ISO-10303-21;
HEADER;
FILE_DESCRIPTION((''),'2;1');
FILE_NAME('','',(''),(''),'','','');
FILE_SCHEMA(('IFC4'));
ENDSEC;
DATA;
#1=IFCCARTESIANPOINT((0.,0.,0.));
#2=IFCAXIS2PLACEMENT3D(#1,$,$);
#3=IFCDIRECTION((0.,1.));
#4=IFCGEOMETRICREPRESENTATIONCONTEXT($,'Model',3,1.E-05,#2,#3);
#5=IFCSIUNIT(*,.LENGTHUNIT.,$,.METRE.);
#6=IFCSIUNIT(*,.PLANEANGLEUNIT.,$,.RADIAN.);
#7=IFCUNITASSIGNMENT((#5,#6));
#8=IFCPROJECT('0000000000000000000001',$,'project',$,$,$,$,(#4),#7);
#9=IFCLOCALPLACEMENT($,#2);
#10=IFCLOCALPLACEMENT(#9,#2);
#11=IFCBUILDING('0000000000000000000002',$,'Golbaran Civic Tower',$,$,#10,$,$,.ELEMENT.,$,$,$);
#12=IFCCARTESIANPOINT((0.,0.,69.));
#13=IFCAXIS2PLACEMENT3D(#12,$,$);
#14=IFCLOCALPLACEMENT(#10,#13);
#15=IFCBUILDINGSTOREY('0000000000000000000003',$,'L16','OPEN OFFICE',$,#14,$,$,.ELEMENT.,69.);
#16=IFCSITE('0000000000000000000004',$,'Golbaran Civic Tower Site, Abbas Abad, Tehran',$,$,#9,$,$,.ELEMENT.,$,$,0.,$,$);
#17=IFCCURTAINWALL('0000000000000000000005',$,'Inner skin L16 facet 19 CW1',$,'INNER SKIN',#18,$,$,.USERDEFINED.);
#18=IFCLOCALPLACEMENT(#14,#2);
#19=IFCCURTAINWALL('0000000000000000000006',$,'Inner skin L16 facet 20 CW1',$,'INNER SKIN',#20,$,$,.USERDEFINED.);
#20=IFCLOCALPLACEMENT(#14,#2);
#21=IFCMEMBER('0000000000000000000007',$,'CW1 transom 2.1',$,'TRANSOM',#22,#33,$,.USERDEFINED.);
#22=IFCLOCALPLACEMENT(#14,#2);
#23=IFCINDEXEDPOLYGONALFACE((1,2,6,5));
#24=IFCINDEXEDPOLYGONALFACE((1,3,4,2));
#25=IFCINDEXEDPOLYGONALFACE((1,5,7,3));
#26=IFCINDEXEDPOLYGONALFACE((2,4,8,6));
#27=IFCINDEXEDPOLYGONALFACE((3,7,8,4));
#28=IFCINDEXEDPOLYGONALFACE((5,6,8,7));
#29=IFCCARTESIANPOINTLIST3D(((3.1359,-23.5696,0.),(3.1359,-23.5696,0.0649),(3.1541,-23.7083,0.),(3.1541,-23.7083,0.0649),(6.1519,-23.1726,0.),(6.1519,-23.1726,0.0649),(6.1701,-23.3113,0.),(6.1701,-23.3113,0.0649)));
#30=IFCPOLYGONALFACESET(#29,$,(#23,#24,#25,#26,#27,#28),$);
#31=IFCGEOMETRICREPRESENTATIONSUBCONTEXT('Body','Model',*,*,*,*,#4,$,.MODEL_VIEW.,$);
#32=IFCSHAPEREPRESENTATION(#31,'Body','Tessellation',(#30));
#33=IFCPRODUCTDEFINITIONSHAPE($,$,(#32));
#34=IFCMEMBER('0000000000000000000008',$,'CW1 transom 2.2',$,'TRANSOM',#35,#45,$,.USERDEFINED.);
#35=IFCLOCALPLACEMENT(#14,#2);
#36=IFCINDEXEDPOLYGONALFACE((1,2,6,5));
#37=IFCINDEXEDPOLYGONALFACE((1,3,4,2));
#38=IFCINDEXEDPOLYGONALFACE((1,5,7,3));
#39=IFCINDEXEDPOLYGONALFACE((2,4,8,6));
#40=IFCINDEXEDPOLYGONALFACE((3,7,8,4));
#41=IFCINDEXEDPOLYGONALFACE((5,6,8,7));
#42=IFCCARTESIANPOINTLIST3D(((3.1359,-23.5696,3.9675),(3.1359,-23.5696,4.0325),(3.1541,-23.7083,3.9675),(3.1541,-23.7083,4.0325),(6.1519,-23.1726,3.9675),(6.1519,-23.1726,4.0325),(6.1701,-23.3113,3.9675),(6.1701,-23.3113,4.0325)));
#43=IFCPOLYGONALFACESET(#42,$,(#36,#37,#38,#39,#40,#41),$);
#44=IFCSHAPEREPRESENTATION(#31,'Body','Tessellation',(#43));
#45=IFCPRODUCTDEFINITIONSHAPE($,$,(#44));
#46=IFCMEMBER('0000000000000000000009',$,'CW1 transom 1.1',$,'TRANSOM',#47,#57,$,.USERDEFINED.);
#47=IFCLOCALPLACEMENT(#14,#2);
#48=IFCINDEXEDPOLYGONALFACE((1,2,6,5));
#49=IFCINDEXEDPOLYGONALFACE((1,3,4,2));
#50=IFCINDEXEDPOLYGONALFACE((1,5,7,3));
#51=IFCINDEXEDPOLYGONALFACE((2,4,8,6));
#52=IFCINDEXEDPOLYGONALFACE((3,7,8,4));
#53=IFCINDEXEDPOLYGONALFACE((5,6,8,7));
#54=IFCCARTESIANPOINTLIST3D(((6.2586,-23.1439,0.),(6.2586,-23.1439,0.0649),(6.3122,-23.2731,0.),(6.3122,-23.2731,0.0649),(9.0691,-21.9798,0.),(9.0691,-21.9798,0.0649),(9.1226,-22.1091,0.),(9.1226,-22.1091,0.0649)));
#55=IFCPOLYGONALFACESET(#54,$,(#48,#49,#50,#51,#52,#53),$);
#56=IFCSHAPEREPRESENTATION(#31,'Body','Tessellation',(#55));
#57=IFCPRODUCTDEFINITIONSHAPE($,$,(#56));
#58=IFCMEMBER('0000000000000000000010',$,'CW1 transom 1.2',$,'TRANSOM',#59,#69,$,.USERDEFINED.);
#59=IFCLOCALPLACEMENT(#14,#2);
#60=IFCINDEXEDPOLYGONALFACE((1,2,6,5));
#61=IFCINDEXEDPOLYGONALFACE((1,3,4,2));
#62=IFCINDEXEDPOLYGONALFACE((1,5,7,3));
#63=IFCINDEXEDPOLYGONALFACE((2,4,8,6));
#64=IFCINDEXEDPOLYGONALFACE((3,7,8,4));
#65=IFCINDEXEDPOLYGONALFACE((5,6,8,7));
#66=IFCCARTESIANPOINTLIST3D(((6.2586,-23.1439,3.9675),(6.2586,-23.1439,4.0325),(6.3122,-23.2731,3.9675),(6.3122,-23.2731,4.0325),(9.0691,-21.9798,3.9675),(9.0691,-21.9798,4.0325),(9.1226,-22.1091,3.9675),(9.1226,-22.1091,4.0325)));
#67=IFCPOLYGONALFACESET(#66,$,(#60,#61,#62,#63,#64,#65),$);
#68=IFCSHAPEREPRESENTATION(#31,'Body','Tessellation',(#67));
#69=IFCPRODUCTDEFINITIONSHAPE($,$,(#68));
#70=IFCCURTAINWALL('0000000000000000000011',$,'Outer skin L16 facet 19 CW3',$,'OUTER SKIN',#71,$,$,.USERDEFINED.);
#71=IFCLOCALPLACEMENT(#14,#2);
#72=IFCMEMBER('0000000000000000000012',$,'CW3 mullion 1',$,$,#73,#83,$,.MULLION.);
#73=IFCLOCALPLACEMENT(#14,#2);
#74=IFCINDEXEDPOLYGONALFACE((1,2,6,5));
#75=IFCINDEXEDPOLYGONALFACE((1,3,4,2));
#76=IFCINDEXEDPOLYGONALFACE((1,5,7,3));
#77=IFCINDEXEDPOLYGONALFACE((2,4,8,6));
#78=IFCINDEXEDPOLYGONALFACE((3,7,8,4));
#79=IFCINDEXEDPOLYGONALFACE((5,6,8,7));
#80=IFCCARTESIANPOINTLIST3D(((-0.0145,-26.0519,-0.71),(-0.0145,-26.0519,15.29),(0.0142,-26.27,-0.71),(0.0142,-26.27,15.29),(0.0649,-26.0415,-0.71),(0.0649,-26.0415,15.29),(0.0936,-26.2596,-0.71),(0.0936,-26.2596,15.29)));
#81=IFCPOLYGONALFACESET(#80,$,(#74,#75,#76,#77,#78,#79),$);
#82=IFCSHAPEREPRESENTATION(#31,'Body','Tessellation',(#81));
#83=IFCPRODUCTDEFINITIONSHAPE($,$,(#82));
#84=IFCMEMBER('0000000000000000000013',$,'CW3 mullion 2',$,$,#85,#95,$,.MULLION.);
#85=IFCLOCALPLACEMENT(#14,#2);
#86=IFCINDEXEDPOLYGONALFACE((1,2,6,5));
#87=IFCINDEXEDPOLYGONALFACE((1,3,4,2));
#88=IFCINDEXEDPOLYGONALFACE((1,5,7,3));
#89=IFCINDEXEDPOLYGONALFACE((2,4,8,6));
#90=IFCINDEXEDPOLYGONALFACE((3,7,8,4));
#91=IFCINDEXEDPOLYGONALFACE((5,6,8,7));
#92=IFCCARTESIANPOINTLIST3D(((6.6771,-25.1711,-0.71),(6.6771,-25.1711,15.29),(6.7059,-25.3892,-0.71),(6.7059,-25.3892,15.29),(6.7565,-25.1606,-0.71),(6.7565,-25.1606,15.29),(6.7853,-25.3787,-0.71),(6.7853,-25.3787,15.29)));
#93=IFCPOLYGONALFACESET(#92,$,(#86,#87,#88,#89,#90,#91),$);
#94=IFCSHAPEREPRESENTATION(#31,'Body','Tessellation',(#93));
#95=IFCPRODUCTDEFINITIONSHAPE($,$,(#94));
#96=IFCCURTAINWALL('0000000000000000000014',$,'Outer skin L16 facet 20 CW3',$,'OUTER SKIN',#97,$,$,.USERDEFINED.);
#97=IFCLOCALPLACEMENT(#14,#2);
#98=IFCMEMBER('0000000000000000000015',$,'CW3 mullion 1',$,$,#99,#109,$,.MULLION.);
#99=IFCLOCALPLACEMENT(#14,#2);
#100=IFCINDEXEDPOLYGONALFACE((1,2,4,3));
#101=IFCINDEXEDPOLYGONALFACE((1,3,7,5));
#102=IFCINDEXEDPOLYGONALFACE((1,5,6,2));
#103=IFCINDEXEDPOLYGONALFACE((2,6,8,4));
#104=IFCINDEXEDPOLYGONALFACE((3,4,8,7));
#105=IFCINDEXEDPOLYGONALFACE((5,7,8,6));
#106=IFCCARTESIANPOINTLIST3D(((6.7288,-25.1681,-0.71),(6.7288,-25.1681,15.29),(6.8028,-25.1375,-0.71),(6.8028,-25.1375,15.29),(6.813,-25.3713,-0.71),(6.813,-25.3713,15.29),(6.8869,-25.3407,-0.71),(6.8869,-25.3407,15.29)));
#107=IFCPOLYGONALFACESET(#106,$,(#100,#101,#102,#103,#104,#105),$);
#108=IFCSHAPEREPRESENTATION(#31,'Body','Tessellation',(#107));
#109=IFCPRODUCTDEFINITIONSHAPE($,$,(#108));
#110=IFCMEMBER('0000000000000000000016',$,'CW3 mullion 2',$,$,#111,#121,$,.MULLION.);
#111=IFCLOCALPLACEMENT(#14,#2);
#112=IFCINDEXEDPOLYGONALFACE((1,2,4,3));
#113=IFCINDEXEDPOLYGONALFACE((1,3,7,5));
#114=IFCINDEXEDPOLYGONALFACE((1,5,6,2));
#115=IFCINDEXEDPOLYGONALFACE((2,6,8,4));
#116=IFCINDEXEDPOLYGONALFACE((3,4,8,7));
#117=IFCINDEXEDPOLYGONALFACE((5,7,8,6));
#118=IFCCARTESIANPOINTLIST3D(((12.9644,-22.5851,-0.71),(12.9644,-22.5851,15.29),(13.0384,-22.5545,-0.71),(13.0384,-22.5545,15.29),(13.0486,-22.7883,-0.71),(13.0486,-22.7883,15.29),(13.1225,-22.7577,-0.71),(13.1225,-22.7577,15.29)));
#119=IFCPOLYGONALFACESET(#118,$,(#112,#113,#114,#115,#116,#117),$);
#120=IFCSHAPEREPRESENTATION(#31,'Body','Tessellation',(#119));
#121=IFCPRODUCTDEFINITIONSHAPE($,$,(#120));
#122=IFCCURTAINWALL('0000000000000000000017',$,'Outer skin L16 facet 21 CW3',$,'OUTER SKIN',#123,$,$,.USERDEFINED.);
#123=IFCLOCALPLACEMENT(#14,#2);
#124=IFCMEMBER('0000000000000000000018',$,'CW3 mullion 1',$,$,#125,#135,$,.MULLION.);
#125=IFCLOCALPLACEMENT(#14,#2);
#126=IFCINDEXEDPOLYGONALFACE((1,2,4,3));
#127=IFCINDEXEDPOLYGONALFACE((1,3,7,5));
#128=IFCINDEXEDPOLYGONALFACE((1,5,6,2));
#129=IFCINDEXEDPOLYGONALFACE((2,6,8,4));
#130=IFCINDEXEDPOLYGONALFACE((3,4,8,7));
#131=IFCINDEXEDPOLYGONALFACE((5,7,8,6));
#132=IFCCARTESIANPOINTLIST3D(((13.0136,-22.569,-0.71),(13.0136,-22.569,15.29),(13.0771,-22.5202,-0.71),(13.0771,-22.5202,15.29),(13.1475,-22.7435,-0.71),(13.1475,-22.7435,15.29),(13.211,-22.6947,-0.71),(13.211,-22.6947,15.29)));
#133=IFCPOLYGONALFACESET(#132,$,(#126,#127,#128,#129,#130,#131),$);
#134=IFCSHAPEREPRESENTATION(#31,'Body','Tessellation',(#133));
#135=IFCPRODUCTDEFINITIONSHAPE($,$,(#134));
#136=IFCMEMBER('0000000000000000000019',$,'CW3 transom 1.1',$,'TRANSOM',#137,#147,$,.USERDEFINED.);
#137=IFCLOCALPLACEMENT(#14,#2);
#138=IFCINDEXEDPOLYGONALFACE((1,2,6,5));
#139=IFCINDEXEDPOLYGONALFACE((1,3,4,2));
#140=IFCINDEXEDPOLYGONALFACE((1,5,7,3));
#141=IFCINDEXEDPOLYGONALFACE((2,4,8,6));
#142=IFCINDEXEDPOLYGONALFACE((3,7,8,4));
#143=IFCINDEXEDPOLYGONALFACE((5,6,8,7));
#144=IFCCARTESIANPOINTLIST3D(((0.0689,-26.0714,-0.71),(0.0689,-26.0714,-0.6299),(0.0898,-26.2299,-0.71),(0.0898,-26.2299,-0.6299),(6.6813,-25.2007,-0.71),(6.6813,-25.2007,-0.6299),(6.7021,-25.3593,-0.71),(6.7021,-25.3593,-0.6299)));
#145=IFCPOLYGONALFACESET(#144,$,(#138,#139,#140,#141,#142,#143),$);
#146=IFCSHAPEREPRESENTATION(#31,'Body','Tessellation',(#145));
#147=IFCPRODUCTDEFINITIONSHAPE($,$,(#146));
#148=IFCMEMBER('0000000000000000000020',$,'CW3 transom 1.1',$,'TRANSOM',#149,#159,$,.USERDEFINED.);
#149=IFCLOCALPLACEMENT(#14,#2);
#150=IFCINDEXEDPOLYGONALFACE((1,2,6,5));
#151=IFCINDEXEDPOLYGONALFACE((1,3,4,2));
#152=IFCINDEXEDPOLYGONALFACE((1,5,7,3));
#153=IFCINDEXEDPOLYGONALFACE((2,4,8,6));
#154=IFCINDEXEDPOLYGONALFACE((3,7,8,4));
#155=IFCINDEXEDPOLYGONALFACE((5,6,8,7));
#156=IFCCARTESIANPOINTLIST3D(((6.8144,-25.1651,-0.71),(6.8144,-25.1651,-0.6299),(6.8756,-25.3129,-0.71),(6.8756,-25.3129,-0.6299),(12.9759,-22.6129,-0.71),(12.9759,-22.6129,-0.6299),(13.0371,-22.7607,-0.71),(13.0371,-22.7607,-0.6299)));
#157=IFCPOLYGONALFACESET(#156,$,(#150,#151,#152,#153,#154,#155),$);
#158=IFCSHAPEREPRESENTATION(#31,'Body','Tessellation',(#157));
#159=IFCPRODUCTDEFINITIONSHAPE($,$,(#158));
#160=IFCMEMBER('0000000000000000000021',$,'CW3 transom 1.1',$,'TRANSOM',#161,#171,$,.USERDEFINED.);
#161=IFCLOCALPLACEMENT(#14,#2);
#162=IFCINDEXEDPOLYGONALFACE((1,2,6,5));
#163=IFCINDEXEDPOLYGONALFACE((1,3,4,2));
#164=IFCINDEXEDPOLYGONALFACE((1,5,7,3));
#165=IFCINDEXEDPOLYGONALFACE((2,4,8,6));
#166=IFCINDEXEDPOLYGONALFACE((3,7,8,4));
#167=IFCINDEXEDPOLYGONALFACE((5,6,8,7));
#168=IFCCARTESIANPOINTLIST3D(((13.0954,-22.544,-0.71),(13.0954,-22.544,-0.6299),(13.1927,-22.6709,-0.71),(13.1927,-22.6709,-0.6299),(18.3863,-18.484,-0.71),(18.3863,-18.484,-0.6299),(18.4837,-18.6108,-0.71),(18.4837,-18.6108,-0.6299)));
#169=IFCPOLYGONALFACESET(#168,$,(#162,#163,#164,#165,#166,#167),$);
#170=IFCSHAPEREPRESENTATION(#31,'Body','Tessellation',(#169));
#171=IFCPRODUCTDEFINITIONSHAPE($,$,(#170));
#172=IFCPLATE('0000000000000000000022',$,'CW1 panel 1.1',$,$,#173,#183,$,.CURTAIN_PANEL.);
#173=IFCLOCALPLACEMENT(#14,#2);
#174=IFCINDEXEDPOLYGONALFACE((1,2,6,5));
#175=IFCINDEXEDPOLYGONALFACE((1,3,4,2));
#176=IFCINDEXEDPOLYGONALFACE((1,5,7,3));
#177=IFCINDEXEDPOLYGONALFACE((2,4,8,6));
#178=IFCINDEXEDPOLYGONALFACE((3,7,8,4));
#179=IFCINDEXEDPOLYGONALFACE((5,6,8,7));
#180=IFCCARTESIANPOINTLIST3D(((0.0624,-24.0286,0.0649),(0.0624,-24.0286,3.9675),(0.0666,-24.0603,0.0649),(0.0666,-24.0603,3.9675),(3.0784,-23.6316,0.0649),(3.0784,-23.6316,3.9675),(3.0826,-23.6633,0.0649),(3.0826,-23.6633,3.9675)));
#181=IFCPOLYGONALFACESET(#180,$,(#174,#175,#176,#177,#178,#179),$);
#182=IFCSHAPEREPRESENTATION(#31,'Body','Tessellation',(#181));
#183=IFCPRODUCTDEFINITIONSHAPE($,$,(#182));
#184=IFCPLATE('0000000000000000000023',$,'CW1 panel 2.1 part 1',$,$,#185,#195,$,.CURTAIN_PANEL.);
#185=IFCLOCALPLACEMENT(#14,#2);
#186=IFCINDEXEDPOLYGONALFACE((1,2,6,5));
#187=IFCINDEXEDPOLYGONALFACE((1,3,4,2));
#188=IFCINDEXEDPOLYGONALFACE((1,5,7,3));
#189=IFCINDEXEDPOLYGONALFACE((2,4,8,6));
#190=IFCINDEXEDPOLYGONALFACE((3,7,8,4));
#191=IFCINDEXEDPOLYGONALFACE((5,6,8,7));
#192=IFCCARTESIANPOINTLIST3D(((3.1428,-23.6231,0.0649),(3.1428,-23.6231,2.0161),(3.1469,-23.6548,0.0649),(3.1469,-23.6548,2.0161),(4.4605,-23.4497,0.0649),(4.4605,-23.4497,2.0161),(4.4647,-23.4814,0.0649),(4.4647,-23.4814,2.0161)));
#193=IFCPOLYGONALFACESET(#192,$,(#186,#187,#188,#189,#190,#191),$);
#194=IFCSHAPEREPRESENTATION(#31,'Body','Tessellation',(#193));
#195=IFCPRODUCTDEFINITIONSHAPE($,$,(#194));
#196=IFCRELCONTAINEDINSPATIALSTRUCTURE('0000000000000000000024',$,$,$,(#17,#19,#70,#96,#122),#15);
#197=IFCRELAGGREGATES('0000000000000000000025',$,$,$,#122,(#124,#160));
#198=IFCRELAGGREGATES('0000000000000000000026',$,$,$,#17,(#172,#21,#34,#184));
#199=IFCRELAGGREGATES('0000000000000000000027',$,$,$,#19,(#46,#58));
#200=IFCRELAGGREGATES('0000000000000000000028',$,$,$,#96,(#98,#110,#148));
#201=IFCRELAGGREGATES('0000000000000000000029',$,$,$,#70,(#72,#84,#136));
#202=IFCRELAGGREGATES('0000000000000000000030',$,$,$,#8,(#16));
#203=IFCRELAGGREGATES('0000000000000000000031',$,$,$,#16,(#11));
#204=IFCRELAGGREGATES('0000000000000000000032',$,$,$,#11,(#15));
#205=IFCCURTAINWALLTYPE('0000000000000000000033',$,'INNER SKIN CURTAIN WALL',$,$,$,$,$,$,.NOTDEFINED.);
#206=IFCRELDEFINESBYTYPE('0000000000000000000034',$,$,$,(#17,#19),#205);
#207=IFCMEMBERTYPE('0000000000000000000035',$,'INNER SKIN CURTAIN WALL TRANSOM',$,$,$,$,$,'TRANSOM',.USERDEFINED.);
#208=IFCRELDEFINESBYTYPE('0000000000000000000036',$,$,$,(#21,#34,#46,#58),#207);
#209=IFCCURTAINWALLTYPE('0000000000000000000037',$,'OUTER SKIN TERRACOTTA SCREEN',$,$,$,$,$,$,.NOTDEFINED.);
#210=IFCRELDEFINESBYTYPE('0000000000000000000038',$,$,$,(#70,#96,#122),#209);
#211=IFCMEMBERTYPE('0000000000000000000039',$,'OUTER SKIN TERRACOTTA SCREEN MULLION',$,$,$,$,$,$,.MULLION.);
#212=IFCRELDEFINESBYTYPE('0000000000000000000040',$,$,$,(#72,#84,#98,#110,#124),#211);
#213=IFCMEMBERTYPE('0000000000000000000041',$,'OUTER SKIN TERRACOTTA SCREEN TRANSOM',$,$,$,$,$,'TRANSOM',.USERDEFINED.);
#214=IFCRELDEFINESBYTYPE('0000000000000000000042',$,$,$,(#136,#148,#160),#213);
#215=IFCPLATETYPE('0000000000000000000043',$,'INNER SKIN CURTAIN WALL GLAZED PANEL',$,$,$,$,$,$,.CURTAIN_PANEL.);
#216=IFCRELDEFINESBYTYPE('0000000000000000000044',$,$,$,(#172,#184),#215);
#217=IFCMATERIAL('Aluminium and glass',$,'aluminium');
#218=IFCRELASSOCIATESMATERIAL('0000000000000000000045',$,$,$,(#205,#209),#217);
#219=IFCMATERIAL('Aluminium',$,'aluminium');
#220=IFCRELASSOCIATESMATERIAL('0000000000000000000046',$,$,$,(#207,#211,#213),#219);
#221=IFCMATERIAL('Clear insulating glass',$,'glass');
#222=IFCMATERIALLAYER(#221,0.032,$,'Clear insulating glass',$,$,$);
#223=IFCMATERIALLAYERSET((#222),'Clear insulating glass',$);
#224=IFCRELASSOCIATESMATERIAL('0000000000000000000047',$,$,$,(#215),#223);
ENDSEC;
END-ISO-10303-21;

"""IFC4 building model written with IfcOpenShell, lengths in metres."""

from ifc_helpers import new_model, si_unit, direction, frame, origin, origin_2d, place, context, subcontext, project, spatial, rectangle, extrude, material, layer, layer_set, material_profile, profile_set, type_object, element, aggregate, save


model = new_model("IFC4")

# Units and contexts
model_context = context("Model", 3, precision=1e-05, world=origin(), true_north=direction((0.0, 1.0)))
body_context = subcontext(model_context, "Body", "Model", "MODEL_VIEW")
ifc_project = project(units=[si_unit("LENGTHUNIT", "METRE"), si_unit("PLANEANGLEUNIT", "RADIAN")], contexts=[model_context])

# Site, building, storey
site_placement = place(None, origin())
site = spatial("IfcSite", under=ifc_project, at=site_placement, Name="Golbaran Civic Tower Site, Abbas Abad, Tehran", CompositionType="ELEMENT", RefElevation=0.0)
building_placement = place(site_placement, origin())
building = spatial("IfcBuilding", under=site, at=building_placement, Name="Golbaran Civic Tower", CompositionType="ELEMENT")
storey_placement = place(building_placement, frame((0.0, 0.0, 69.0)))
storey = spatial("IfcBuildingStorey", under=building, at=storey_placement, Name="L16", Description="OPEN OFFICE", CompositionType="ELEMENT", Elevation=69.0)

# Curtain wall
ifc_material_1 = material(Name="Aluminium and glass", Category="aluminium")
curtain_wall_type_1 = type_object("IfcCurtainWallType", Name="INNER SKIN CURTAIN WALL", PredefinedType="NOTDEFINED", material=ifc_material_1)
curtain_wall_1_placement = place(storey_placement, origin())
curtain_wall_1 = element("IfcCurtainWall", 1, at=curtain_wall_1_placement, inside=storey, type_object=curtain_wall_type_1, Name="Inner skin L16 facet 19 CW1", ObjectType="INNER SKIN", PredefinedType="USERDEFINED")
ifc_material_2 = material(Name="Aluminium", Category="aluminium")

# Curtain wall
curtain_wall_2_placement = place(storey_placement, origin())
curtain_wall_2 = element("IfcCurtainWall", 2, at=curtain_wall_2_placement, inside=storey, type_object=curtain_wall_type_1, Name="Inner skin L16 facet 20 CW1", ObjectType="INNER SKIN", PredefinedType="USERDEFINED")

# Members
ifc_material_profile_1 = material_profile(ifc_material_2, rectangle(XDim=0.1399, YDim=0.0649, at=origin_2d()), Name="INNER SKIN CURTAIN WALL TRANSOM")
ifc_profile_set_1 = profile_set([ifc_material_profile_1], Name="Aluminium")
member_type_1 = type_object("IfcMemberType", Name="INNER SKIN CURTAIN WALL TRANSOM", ElementType="TRANSOM", PredefinedType="USERDEFINED", material=ifc_profile_set_1)
member_1_placement = place(storey_placement, frame((3.145, -23.6389, 0.0325), z_axis=(0.991448, 0.130502, 0.0), x_axis=(-0.130502, 0.991448, 0.0)))
member_1 = element("IfcMember", 3, at=member_1_placement, type_object=member_type_1, Name="CW1 transom 2.1", ObjectType="TRANSOM", PredefinedType="USERDEFINED", context=body_context, shape_type="SweptSolid", body=[
    extrude(rectangle(XDim=0.1399, YDim=0.0649, at=origin_2d()), origin(), (0.0, 0.0, 1.0), 3.042),
])
member_2_placement = place(storey_placement, frame((3.145, -23.6389, 4.0), z_axis=(0.991448, 0.130502, 0.0), x_axis=(-0.130502, 0.991448, 0.0)))
member_2 = element("IfcMember", 4, at=member_2_placement, type_object=member_type_1, Name="CW1 transom 2.2", ObjectType="TRANSOM", PredefinedType="USERDEFINED", context=body_context, shape_type="SweptSolid", body=[
    extrude(rectangle(XDim=0.1399, YDim=0.0649, at=origin_2d()), origin(), (0.0, 0.0, 1.0), 3.042),
])
member_3_placement = place(storey_placement, frame((6.2854, -23.2085, 0.0325), z_axis=(0.923892, 0.382654, 0.0), x_axis=(-0.382654, 0.923892, 0.0)))
member_3 = element("IfcMember", 5, at=member_3_placement, type_object=member_type_1, Name="CW1 transom 1.1", ObjectType="TRANSOM", PredefinedType="USERDEFINED", context=body_context, shape_type="SweptSolid", body=[
    extrude(rectangle(XDim=0.1399, YDim=0.0649, at=origin_2d()), origin(), (0.0, 0.0, 1.0), 3.042),
])
member_4_placement = place(storey_placement, frame((6.2854, -23.2085, 4.0), z_axis=(0.923892, 0.382654, 0.0), x_axis=(-0.382654, 0.923892, 0.0)))
member_4 = element("IfcMember", 6, at=member_4_placement, type_object=member_type_1, Name="CW1 transom 1.2", ObjectType="TRANSOM", PredefinedType="USERDEFINED", context=body_context, shape_type="SweptSolid", body=[
    extrude(rectangle(XDim=0.1399, YDim=0.0649, at=origin_2d()), origin(), (0.0, 0.0, 1.0), 3.042),
])

# Curtain walls, members
curtain_wall_type_2 = type_object("IfcCurtainWallType", Name="OUTER SKIN TERRACOTTA SCREEN", PredefinedType="NOTDEFINED", material=ifc_material_1)
curtain_wall_3_placement = place(storey_placement, origin())
curtain_wall_3 = element("IfcCurtainWall", 7, at=curtain_wall_3_placement, inside=storey, type_object=curtain_wall_type_2, Name="Outer skin L16 facet 19 CW3", ObjectType="OUTER SKIN", PredefinedType="USERDEFINED")
ifc_material_profile_2 = material_profile(ifc_material_2, rectangle(XDim=0.22, YDim=0.0801, at=origin_2d()), Name="OUTER SKIN TERRACOTTA SCREEN MULLION")
ifc_profile_set_2 = profile_set([ifc_material_profile_2], Name="Aluminium")
member_type_2 = type_object("IfcMemberType", Name="OUTER SKIN TERRACOTTA SCREEN MULLION", PredefinedType="MULLION", material=ifc_profile_set_2)
member_5_placement = place(storey_placement, frame((0.0396, -26.1558, -0.71), z_axis=(0.0, 0.0, 1.0), x_axis=(-0.130526, 0.991445, 0.0)))
member_5 = element("IfcMember", 8, at=member_5_placement, type_object=member_type_2, Name="CW3 mullion 1", PredefinedType="MULLION", context=body_context, shape_type="SweptSolid", body=[
    extrude(rectangle(XDim=0.22, YDim=0.0801, at=origin_2d()), origin(), (0.0, 0.0, 1.0), 16.0),
])
member_6_placement = place(storey_placement, frame((6.7312, -25.2749, -0.71), z_axis=(0.0, 0.0, 1.0), x_axis=(-0.130526, 0.991445, 0.0)))
member_6 = element("IfcMember", 9, at=member_6_placement, type_object=member_type_2, Name="CW3 mullion 2", PredefinedType="MULLION", context=body_context, shape_type="SweptSolid", body=[
    extrude(rectangle(XDim=0.22, YDim=0.0801, at=origin_2d()), origin(), (0.0, 0.0, 1.0), 16.0),
])
curtain_wall_4_placement = place(storey_placement, origin())
curtain_wall_4 = element("IfcCurtainWall", 10, at=curtain_wall_4_placement, inside=storey, type_object=curtain_wall_type_2, Name="Outer skin L16 facet 20 CW3", ObjectType="OUTER SKIN", PredefinedType="USERDEFINED")
member_7_placement = place(storey_placement, frame((6.8079, -25.2544, -0.71), z_axis=(0.0, 0.0, 1.0), x_axis=(-0.382683, 0.92388, 0.0)))
member_7 = element("IfcMember", 11, at=member_7_placement, type_object=member_type_2, Name="CW3 mullion 1", PredefinedType="MULLION", context=body_context, shape_type="SweptSolid", body=[
    extrude(rectangle(XDim=0.22, YDim=0.0801, at=origin_2d()), origin(), (0.0, 0.0, 1.0), 16.0),
])
member_8_placement = place(storey_placement, frame((13.0435, -22.6714, -0.71), z_axis=(0.0, 0.0, 1.0), x_axis=(-0.382683, 0.92388, 0.0)))
member_8 = element("IfcMember", 12, at=member_8_placement, type_object=member_type_2, Name="CW3 mullion 2", PredefinedType="MULLION", context=body_context, shape_type="SweptSolid", body=[
    extrude(rectangle(XDim=0.22, YDim=0.0801, at=origin_2d()), origin(), (0.0, 0.0, 1.0), 16.0),
])

# Curtain wall, member
curtain_wall_5_placement = place(storey_placement, origin())
curtain_wall_5 = element("IfcCurtainWall", 13, at=curtain_wall_5_placement, inside=storey, type_object=curtain_wall_type_2, Name="Outer skin L16 facet 21 CW3", ObjectType="OUTER SKIN", PredefinedType="USERDEFINED")
member_9_placement = place(storey_placement, frame((13.1123, -22.6318, -0.71), z_axis=(0.0, 0.0, 1.0), x_axis=(-0.608761, 0.793353, 0.0)))
member_9 = element("IfcMember", 14, at=member_9_placement, type_object=member_type_2, Name="CW3 mullion 1", PredefinedType="MULLION", context=body_context, shape_type="SweptSolid", body=[
    extrude(rectangle(XDim=0.22, YDim=0.0801, at=origin_2d()), origin(), (0.0, 0.0, 1.0), 16.0),
])

# Members
ifc_material_profile_3 = material_profile(ifc_material_2, rectangle(XDim=0.1599, YDim=0.0801, at=origin_2d()), Name="OUTER SKIN TERRACOTTA SCREEN TRANSOM")
ifc_profile_set_3 = profile_set([ifc_material_profile_3], Name="Aluminium")
member_type_3 = type_object("IfcMemberType", Name="OUTER SKIN TERRACOTTA SCREEN TRANSOM", ElementType="TRANSOM", PredefinedType="USERDEFINED", material=ifc_profile_set_3)
member_10_placement = place(storey_placement, frame((0.0793, -26.1506, -0.6699), z_axis=(0.991443, 0.130538, 0.0), x_axis=(-0.130538, 0.991443, 0.0)))
member_10 = element("IfcMember", 15, at=member_10_placement, type_object=member_type_3, Name="CW3 transom 1.1", ObjectType="TRANSOM", PredefinedType="USERDEFINED", context=body_context, shape_type="SweptSolid", body=[
    extrude(rectangle(XDim=0.1599, YDim=0.0801, at=origin_2d()), origin(), (0.0, 0.0, 1.0), 6.6694),
])
member_11_placement = place(storey_placement, frame((6.845, -25.239, -0.6699), z_axis=(0.923879, 0.382686, 0.0), x_axis=(-0.382686, 0.923879, 0.0)))
member_11 = element("IfcMember", 16, at=member_11_placement, type_object=member_type_3, Name="CW3 transom 1.1", ObjectType="TRANSOM", PredefinedType="USERDEFINED", context=body_context, shape_type="SweptSolid", body=[
    extrude(rectangle(XDim=0.1599, YDim=0.0801, at=origin_2d()), origin(), (0.0, 0.0, 1.0), 6.6692),
])
member_12_placement = place(storey_placement, frame((13.144, -22.6074, -0.6699), z_axis=(0.793345, 0.608773, 0.0), x_axis=(-0.608773, 0.793345, 0.0)))
member_12 = element("IfcMember", 17, at=member_12_placement, type_object=member_type_3, Name="CW3 transom 1.1", ObjectType="TRANSOM", PredefinedType="USERDEFINED", context=body_context, shape_type="SweptSolid", body=[
    extrude(rectangle(XDim=0.1599, YDim=0.0801, at=origin_2d()), origin(), (0.0, 0.0, 1.0), 6.6692),
])
aggregate(curtain_wall_5, [member_9, member_12])

# Plates
ifc_material_3 = material(Name="Clear insulating glass", Category="glass")
ifc_layer_1 = layer(ifc_material_3, 0.032, Name="Clear insulating glass")
ifc_layer_set_1 = layer_set([ifc_layer_1], Name="Clear insulating glass")
plate_type_1 = type_object("IfcPlateType", Name="INNER SKIN CURTAIN WALL GLAZED PANEL", PredefinedType="CURTAIN_PANEL", material=ifc_layer_set_1)
plate_1_placement = place(storey_placement, frame((1.5725, -23.8459, 0.0649), z_axis=(0.0, 0.0, 1.0), x_axis=(0.991445, 0.130526, 0.0)))
plate_1 = element("IfcPlate", 18, at=plate_1_placement, type_object=plate_type_1, Name="CW1 panel 1.1", PredefinedType="CURTAIN_PANEL", context=body_context, shape_type="SweptSolid", body=[
    extrude(rectangle(XDim=3.042, YDim=0.032, at=origin_2d()), origin(), (0.0, 0.0, 1.0), 3.9026),
])
plate_2_placement = place(storey_placement, frame((3.8037, -23.5522, 0.0649), z_axis=(0.0, 0.0, 1.0), x_axis=(0.991445, 0.130526, 0.0)))
plate_2 = element("IfcPlate", 19, at=plate_2_placement, type_object=plate_type_1, Name="CW1 panel 2.1 part 1", PredefinedType="CURTAIN_PANEL", context=body_context, shape_type="SweptSolid", body=[
    extrude(rectangle(XDim=1.3291, YDim=0.032, at=origin_2d()), origin(), (0.0, 0.0, 1.0), 1.9512),
])
aggregate(curtain_wall_1, [plate_1, member_1, member_2, plate_2])
aggregate(curtain_wall_2, [member_3, member_4])
aggregate(curtain_wall_4, [member_7, member_8, member_11])
aggregate(curtain_wall_3, [member_5, member_6, member_10])

save(model, "model.ifc")
